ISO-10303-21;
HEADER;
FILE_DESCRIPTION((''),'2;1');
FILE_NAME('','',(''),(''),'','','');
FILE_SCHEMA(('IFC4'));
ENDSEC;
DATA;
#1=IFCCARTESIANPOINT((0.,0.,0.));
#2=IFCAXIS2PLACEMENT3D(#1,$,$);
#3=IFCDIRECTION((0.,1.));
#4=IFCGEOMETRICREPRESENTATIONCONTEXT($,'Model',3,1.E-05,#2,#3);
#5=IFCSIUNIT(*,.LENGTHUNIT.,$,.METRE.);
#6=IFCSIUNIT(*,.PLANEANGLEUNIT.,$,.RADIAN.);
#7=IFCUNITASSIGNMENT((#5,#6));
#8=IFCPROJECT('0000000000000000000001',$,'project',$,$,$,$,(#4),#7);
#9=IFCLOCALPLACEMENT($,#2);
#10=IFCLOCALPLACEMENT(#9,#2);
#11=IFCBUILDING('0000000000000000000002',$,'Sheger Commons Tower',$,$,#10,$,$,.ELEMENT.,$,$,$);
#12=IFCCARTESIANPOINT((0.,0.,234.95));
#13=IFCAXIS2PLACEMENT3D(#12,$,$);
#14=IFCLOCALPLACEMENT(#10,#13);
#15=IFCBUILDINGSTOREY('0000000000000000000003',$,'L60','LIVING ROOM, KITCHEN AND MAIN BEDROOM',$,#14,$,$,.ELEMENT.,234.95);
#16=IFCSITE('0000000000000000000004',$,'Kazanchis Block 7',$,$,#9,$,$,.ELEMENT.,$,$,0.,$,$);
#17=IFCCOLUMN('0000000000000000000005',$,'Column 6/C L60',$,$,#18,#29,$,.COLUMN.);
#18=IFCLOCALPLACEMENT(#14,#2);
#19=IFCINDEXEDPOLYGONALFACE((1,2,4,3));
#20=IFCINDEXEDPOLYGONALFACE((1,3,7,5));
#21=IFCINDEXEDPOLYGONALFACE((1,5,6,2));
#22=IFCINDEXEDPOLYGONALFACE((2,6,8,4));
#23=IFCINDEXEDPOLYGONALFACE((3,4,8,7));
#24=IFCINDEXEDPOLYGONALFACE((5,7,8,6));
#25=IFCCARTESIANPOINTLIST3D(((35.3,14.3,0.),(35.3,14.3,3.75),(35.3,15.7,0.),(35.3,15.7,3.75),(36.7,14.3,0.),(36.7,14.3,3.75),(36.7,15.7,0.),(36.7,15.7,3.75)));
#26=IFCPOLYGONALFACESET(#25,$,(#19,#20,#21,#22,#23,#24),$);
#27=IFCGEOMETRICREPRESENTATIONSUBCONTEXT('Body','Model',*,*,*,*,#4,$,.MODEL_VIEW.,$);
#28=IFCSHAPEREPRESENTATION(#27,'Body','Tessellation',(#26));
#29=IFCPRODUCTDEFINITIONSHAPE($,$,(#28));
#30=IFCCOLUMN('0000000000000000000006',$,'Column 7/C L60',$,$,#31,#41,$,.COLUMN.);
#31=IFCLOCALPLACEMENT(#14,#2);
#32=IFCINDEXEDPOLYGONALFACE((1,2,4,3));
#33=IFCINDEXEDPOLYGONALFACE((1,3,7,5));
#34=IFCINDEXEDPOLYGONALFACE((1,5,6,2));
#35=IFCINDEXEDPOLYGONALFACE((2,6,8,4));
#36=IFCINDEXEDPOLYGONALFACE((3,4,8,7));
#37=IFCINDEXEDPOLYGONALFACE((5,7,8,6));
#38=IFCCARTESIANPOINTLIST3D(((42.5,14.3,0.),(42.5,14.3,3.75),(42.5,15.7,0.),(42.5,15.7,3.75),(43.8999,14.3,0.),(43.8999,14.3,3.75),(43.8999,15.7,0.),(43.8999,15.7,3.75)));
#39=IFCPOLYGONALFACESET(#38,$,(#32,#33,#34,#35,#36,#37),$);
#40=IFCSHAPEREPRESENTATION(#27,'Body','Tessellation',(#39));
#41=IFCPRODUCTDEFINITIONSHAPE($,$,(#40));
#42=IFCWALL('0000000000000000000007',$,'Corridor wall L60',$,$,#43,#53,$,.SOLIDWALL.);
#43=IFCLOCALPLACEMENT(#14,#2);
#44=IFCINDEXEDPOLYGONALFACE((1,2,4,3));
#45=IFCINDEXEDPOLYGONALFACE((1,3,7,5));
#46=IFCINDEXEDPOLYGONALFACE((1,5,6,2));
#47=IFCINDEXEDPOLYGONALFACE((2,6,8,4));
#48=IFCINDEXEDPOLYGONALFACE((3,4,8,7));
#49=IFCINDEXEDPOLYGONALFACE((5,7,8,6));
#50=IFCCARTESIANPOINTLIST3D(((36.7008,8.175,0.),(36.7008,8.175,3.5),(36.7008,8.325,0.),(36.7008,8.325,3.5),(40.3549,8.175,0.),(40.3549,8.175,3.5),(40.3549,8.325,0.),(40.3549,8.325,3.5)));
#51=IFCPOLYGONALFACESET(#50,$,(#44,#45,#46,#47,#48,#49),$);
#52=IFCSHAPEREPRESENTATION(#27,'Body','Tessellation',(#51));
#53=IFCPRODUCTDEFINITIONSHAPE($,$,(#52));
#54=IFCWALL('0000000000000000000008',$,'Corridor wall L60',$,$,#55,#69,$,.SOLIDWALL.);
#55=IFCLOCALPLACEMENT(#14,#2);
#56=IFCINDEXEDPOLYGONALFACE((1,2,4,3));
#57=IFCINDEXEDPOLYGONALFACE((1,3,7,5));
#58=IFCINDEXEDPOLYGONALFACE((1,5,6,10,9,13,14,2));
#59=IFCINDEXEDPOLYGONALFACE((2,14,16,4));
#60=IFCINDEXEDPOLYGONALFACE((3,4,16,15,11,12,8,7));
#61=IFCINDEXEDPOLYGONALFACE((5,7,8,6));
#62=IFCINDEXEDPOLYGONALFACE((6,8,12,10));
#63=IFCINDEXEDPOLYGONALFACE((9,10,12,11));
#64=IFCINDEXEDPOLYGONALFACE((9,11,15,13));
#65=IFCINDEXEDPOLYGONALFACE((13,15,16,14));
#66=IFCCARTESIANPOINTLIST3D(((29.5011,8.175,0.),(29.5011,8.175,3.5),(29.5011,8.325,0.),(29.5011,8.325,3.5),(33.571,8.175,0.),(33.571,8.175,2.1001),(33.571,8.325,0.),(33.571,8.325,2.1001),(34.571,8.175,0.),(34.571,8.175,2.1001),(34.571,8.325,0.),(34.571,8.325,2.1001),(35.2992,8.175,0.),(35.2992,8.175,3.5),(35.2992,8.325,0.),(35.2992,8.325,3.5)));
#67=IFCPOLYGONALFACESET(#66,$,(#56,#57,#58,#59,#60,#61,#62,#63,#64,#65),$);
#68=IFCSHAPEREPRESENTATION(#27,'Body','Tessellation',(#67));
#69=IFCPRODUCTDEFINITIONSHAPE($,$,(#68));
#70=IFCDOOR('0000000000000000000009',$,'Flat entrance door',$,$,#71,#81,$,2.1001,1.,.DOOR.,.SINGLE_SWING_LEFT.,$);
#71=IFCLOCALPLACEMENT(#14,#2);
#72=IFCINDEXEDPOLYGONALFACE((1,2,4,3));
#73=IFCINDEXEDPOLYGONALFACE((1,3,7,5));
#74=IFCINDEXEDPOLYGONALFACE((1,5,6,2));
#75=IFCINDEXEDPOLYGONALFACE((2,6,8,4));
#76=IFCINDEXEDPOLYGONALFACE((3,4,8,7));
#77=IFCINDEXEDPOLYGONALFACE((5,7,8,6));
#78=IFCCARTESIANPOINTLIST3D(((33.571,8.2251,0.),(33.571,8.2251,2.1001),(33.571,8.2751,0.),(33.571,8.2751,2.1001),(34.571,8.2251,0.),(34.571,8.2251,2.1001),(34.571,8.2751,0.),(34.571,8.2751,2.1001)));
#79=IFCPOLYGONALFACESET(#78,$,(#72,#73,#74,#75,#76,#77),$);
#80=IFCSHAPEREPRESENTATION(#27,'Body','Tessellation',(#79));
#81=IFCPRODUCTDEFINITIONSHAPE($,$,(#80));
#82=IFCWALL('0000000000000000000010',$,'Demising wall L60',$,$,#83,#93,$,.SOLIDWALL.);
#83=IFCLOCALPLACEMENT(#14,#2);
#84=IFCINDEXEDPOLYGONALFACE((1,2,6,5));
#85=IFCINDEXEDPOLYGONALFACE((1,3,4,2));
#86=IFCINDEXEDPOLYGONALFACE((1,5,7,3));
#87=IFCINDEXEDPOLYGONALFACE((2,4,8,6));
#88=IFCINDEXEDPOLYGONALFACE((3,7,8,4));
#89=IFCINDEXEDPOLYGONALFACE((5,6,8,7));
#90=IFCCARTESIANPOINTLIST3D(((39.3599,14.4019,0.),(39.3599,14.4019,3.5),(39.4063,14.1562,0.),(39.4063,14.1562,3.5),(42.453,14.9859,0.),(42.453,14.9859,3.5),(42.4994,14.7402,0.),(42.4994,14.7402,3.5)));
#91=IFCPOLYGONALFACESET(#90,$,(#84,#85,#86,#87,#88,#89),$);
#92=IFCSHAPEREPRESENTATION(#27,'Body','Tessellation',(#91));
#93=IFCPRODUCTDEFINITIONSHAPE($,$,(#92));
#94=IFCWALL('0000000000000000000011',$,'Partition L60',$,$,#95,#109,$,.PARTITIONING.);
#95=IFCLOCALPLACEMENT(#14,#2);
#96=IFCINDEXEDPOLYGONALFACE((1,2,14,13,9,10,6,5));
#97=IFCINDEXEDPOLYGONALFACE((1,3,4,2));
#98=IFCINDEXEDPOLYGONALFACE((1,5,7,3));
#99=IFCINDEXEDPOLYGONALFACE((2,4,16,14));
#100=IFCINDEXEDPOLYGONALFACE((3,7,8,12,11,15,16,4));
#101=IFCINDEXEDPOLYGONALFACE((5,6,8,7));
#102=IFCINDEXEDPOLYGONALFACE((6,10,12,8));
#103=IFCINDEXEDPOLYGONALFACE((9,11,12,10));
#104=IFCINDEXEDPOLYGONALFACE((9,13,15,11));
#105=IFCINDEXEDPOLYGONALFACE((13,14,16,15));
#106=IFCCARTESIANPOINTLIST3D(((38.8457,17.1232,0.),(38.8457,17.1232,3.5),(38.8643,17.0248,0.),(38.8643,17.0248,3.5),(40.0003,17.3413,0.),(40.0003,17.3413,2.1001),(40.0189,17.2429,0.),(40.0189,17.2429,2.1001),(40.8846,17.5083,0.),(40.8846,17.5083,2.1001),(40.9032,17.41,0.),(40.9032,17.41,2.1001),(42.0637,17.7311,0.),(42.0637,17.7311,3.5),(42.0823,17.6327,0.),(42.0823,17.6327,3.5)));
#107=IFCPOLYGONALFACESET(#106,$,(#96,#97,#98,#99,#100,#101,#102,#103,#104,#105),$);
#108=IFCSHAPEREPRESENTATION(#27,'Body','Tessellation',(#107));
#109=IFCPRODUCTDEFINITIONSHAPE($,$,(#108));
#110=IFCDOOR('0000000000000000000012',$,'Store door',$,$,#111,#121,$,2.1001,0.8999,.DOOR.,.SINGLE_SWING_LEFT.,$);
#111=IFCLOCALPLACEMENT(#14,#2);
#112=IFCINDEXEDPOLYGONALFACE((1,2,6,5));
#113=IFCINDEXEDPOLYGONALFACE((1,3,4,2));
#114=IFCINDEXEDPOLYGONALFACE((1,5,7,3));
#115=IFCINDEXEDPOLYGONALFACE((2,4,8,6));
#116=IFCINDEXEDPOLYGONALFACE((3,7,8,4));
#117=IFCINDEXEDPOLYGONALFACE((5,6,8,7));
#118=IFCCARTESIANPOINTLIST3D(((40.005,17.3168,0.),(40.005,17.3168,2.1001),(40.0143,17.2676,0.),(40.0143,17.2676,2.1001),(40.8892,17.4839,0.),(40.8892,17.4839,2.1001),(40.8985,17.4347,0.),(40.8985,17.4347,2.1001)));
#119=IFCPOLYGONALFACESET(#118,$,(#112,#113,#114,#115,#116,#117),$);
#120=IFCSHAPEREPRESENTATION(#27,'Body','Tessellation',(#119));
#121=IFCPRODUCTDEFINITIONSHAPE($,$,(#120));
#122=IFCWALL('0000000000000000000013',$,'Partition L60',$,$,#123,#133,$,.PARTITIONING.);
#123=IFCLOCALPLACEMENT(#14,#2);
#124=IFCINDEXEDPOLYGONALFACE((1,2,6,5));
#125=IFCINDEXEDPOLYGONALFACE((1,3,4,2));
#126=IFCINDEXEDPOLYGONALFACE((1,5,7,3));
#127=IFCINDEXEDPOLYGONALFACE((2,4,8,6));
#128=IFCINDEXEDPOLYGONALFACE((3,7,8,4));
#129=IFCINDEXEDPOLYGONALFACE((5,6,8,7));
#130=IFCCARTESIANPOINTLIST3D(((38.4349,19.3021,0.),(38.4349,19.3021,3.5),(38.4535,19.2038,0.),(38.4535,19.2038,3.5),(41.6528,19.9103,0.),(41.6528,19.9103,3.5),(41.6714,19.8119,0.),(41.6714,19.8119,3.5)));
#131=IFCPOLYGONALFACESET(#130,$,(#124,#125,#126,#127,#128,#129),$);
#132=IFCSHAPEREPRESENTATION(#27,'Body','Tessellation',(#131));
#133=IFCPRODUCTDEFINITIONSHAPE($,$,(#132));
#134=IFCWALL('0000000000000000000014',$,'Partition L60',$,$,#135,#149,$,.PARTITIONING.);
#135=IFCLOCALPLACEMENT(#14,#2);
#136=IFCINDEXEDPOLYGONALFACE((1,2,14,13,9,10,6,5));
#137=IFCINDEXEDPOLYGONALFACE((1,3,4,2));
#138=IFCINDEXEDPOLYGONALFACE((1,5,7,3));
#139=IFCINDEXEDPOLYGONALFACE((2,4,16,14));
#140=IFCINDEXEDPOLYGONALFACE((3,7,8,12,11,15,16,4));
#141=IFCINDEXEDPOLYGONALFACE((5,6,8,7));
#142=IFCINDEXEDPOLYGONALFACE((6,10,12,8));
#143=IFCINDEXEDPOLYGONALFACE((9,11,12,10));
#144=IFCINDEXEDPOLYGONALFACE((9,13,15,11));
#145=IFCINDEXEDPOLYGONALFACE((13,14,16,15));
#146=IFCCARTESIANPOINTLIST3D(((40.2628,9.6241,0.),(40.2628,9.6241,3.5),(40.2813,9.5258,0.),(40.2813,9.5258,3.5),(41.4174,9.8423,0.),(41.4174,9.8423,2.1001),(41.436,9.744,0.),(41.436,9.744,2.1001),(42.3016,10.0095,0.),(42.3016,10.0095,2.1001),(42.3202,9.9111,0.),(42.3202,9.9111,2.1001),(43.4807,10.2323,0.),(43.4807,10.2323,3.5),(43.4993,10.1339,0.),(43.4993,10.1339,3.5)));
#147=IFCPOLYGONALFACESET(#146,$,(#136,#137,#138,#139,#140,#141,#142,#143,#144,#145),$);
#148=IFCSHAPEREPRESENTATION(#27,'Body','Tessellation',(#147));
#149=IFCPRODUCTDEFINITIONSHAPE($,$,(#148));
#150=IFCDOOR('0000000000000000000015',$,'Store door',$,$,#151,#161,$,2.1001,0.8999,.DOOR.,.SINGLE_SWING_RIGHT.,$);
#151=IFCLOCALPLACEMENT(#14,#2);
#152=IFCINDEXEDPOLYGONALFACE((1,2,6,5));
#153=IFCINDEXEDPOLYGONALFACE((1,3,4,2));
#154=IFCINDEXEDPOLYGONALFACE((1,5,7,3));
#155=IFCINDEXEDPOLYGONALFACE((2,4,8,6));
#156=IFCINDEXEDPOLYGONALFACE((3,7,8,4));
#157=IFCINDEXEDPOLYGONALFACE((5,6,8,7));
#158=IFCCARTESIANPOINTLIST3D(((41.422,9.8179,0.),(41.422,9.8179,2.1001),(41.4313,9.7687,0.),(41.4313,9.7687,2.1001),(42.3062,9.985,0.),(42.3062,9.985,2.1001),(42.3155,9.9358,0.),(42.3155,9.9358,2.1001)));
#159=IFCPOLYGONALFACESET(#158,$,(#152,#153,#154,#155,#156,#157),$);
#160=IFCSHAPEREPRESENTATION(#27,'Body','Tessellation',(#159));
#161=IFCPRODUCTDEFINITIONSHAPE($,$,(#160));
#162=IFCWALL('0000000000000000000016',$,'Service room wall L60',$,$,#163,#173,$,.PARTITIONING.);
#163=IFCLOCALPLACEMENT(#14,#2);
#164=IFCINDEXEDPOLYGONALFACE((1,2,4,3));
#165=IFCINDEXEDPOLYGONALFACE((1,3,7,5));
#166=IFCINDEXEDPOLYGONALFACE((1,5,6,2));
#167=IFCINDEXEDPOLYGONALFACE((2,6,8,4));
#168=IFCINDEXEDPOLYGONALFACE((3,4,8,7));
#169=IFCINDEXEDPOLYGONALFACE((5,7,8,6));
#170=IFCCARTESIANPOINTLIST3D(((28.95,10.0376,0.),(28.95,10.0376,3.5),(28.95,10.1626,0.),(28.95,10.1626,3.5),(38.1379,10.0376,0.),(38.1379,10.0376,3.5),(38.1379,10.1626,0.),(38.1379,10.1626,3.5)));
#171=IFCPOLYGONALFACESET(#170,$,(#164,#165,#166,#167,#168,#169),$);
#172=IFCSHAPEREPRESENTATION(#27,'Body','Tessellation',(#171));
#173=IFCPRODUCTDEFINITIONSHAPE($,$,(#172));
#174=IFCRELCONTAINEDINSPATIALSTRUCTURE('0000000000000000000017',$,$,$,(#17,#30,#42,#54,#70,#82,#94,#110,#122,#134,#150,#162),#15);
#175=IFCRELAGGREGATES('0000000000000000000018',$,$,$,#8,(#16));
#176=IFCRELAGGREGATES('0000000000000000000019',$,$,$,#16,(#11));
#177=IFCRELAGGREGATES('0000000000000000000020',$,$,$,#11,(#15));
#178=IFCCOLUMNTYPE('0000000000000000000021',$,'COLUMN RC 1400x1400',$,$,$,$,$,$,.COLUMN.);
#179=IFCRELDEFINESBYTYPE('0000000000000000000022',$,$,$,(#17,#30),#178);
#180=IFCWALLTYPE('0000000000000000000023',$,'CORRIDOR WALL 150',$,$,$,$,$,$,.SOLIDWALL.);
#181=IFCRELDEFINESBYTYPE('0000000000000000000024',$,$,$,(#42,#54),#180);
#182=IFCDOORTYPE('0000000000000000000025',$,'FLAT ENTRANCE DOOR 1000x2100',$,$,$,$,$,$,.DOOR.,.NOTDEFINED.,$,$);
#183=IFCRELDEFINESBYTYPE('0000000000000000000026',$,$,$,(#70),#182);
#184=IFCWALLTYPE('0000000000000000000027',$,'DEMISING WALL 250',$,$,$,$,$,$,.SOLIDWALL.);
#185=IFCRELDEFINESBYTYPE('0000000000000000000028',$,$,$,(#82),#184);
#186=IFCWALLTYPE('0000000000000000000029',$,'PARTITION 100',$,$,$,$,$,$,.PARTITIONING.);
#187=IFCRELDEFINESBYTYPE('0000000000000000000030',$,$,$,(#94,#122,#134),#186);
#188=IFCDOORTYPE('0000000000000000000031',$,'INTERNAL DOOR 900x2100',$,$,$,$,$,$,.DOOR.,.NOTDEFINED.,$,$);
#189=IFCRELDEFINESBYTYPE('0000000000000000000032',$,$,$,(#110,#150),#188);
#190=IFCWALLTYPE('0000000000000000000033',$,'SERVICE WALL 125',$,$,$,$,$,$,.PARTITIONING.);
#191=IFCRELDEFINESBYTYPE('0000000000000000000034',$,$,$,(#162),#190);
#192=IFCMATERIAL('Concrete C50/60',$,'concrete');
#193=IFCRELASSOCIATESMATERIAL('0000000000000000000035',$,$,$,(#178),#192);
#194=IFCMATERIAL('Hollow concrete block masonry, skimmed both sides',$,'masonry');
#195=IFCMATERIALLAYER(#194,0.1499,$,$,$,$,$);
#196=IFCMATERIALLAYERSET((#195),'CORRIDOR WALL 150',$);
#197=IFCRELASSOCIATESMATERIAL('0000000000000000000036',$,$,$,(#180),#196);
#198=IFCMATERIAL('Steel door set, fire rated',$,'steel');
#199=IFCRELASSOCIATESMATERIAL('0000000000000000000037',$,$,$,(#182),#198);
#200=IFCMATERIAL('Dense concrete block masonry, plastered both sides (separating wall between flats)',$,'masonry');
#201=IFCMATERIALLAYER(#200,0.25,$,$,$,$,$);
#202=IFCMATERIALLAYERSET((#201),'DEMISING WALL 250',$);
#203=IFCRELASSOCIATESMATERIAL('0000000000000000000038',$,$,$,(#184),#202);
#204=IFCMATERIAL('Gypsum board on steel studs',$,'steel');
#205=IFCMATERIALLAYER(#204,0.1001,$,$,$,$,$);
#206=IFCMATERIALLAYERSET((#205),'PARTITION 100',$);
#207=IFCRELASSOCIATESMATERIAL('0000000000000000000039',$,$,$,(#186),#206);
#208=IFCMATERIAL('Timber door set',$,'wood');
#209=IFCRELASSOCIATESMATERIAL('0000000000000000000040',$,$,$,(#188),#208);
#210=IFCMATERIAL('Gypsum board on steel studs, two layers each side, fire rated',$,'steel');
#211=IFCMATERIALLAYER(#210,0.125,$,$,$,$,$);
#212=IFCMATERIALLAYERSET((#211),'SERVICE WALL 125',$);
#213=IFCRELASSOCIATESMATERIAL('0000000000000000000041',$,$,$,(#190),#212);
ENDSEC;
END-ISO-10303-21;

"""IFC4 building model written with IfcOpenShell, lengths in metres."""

from ifc_helpers import new_model, si_unit, direction, frame, frame_2d, origin, origin_2d, place, context, subcontext, project, spatial, rectangle, extrude, material, layer, layer_set, material_profile, profile_set, type_object, element, fill, save


model = new_model("IFC4")

# Units and contexts
model_context = context("Model", 3, precision=1e-05, world=origin(), true_north=direction((0.0, 1.0)))
body_context = subcontext(model_context, "Body", "Model", "MODEL_VIEW")
ifc_project = project(units=[si_unit("LENGTHUNIT", "METRE"), si_unit("PLANEANGLEUNIT", "RADIAN")], contexts=[model_context])

# Site, building, storey
site_placement = place(None, origin())
site = spatial("IfcSite", under=ifc_project, at=site_placement, Name="Kazanchis Block 7", CompositionType="ELEMENT", RefElevation=0.0)
building_placement = place(site_placement, origin())
building = spatial("IfcBuilding", under=site, at=building_placement, Name="Sheger Commons Tower", CompositionType="ELEMENT")
storey_placement = place(building_placement, frame((0.0, 0.0, 234.95)))
storey = spatial("IfcBuildingStorey", under=building, at=storey_placement, Name="L60", Description="LIVING ROOM, KITCHEN AND MAIN BEDROOM", CompositionType="ELEMENT", Elevation=234.95)

# Columns
ifc_material_1 = material(Name="Concrete C50/60", Category="concrete")
ifc_material_profile = material_profile(ifc_material_1, rectangle(XDim=1.3999, YDim=1.3999, at=origin_2d()), Name="RC 1400x1400")
ifc_profile_set = profile_set([ifc_material_profile], Name="Concrete C50/60")
column_type = type_object("IfcColumnType", Name="COLUMN RC 1400x1400", PredefinedType="COLUMN", material=ifc_profile_set)
for number, where, z_axis, x_axis, name in (
    (1, (36.0, 15.0, 0.0), (0.0, 0.0, 1.0), (1.0, 0.0, 0.0), "Column 6/C L60"),
    (2, (43.2, 15.0, 0.0), (0.0, 0.0, 1.0), (1.0, 0.0, 0.0), "Column 7/C L60"),
):
    element("IfcColumn", number, at=place(storey_placement, frame(where, z_axis=z_axis, x_axis=x_axis)), inside=storey, type_object=column_type, Name=name, PredefinedType="COLUMN", context=body_context, shape_type="SweptSolid", body=[
        extrude(rectangle(XDim=1.3999, YDim=1.3999, at=origin_2d()), origin(), (0.0, 0.0, 1.0), 3.75),
    ])

# Wall
ifc_material_2 = material(Name="Hollow concrete block masonry, skimmed both sides", Category="masonry")
ifc_layer_1 = layer(ifc_material_2, 0.1499)
ifc_layer_set_1 = layer_set([ifc_layer_1], Name="CORRIDOR WALL 150")
wall_type_1 = type_object("IfcWallType", Name="CORRIDOR WALL 150", PredefinedType="SOLIDWALL", material=ifc_layer_set_1)
wall_1_placement = place(storey_placement, frame((40.355, 8.25, 0.0), z_axis=(0.0, 0.0, 1.0), x_axis=(-1.0, 0.0, 0.0)))
element("IfcWall", 3, at=wall_1_placement, inside=storey, type_object=wall_type_1, Name="Corridor wall L60", PredefinedType="SOLIDWALL", context=body_context, shape_type="SweptSolid", body=[
    extrude(rectangle(XDim=3.6541, YDim=0.1499, at=frame_2d((1.8271, 0.0))), origin(), (0.0, 0.0, 1.0), 3.5),
])

# Wall, opening, door
wall_2_placement = place(storey_placement, frame((35.2991, 8.25, 0.0), z_axis=(0.0, 0.0, 1.0), x_axis=(-1.0, 0.0, 0.0)))
wall_2 = element("IfcWall", 4, at=wall_2_placement, inside=storey, type_object=wall_type_1, Name="Corridor wall L60", PredefinedType="SOLIDWALL", context=body_context, shape_type="SweptSolid", body=[
    extrude(rectangle(XDim=5.7981, YDim=0.1499, at=frame_2d((2.8989, 0.0))), origin(), (0.0, 0.0, 1.0), 3.5),
])
opening_1_placement = place(wall_2_placement, frame((0.728, 0.0, 0.0)))
opening_1 = element("IfcOpeningElement", 5, at=opening_1_placement, cuts=wall_2, PredefinedType="OPENING", context=body_context, shape_type="SweptSolid", body=[
    extrude(rectangle(XDim=1.0, YDim=2.1001, at=frame_2d((0.5, 1.05))), frame((0.0, 0.085, 0.0), z_axis=(0.0, -1.0, 0.0), x_axis=(1.0, 0.0, 0.0)), (0.0, 0.0, 1.0), 0.1699),
])
ifc_material_3 = material(Name="Steel door set, fire rated", Category="steel")
door_type_1 = type_object("IfcDoorType", Name="FLAT ENTRANCE DOOR 1000x2100", OperationType="NOTDEFINED", PredefinedType="DOOR", material=ifc_material_3)
door_1_placement = place(opening_1_placement, origin())
door_1 = element("IfcDoor", 6, at=door_1_placement, inside=storey, type_object=door_type_1, Name="Flat entrance door", OperationType="SINGLE_SWING_LEFT", OverallHeight=2.1001, OverallWidth=1.0, PredefinedType="DOOR", context=body_context, shape_type="SweptSolid", body=[
    extrude(rectangle(XDim=1.0, YDim=2.1001, at=frame_2d((0.5, 1.05))), frame((0.0, 0.0249, 0.0), z_axis=(0.0, -1.0, 0.0), x_axis=(1.0, 0.0, 0.0)), (0.0, 0.0, 1.0), 0.05),
])
fill(opening_1, door_1)

# Wall
ifc_material_4 = material(Name="Dense concrete block masonry, plastered both sides (separating wall between flats)", Category="masonry")
ifc_layer_2 = layer(ifc_material_4, 0.25)
ifc_layer_set_2 = layer_set([ifc_layer_2], Name="DEMISING WALL 250")
wall_type_2 = type_object("IfcWallType", Name="DEMISING WALL 250", PredefinedType="SOLIDWALL", material=ifc_layer_set_2)
wall_3_placement = place(storey_placement, frame((42.4761, 14.863, 0.0), z_axis=(0.0, 0.0, 1.0), x_axis=(-0.982639, -0.185529, 0.0)))
element("IfcWall", 7, at=wall_3_placement, inside=storey, type_object=wall_type_2, Name="Demising wall L60", PredefinedType="SOLIDWALL", context=body_context, shape_type="SweptSolid", body=[
    extrude(rectangle(XDim=3.1477, YDim=0.25, at=frame_2d((1.5737, 0.0))), origin(), (0.0, 0.0, 1.0), 3.5),
])

# Wall, opening, door
ifc_material_5 = material(Name="Gypsum board on steel studs", Category="steel")
ifc_layer_3 = layer(ifc_material_5, 0.1001)
ifc_layer_set_3 = layer_set([ifc_layer_3], Name="PARTITION 100")
wall_type_3 = type_object("IfcWallType", Name="PARTITION 100", PredefinedType="PARTITIONING", material=ifc_layer_set_3)
wall_4_placement = place(storey_placement, frame((42.073, 17.6819, 0.0), z_axis=(0.0, 0.0, 1.0), x_axis=(-0.982621, -0.185625, 0.0)))
wall_4 = element("IfcWall", 8, at=wall_4_placement, inside=storey, type_object=wall_type_3, Name="Partition L60", PredefinedType="PARTITIONING", context=body_context, shape_type="SweptSolid", body=[
    extrude(rectangle(XDim=3.2749, YDim=0.1001, at=frame_2d((1.6375, 0.0))), origin(), (0.0, 0.0, 1.0), 3.5),
])
opening_2_placement = place(wall_4_placement, frame((1.2, 0.0, 0.0)))
opening_2 = element("IfcOpeningElement", 9, at=opening_2_placement, cuts=wall_4, PredefinedType="OPENING", context=body_context, shape_type="SweptSolid", body=[
    extrude(rectangle(XDim=0.8999, YDim=2.1001, at=frame_2d((0.45, 1.05))), frame((0.0, 0.0601, 0.0), z_axis=(0.0, -1.0, 0.0), x_axis=(1.0, 0.0, 0.0)), (0.0, 0.0, 1.0), 0.1201),
])
ifc_material_6 = material(Name="Timber door set", Category="wood")
door_type_2 = type_object("IfcDoorType", Name="INTERNAL DOOR 900x2100", OperationType="NOTDEFINED", PredefinedType="DOOR", material=ifc_material_6)
door_2_placement = place(opening_2_placement, origin())
door_2 = element("IfcDoor", 10, at=door_2_placement, inside=storey, type_object=door_type_2, Name="Store door", OperationType="SINGLE_SWING_LEFT", OverallHeight=2.1001, OverallWidth=0.8999, PredefinedType="DOOR", context=body_context, shape_type="SweptSolid", body=[
    extrude(rectangle(XDim=0.8999, YDim=2.1001, at=frame_2d((0.45, 1.05))), frame((0.0, 0.0249, 0.0), z_axis=(0.0, -1.0, 0.0), x_axis=(1.0, 0.0, 0.0)), (0.0, 0.0, 1.0), 0.05),
])
fill(opening_2, door_2)

# Wall
wall_5_placement = place(storey_placement, frame((41.6621, 19.8611, 0.0), z_axis=(0.0, 0.0, 1.0), x_axis=(-0.982607, -0.185697, 0.0)))
element("IfcWall", 11, at=wall_5_placement, inside=storey, type_object=wall_type_3, Name="Partition L60", PredefinedType="PARTITIONING", context=body_context, shape_type="SweptSolid", body=[
    extrude(rectangle(XDim=3.2749, YDim=0.1001, at=frame_2d((1.6375, 0.0))), origin(), (0.0, 0.0, 1.0), 3.5),
])

# Wall, opening, door
wall_6_placement = place(storey_placement, frame((43.49, 10.1831, 0.0), z_axis=(0.0, 0.0, 1.0), x_axis=(-0.982607, -0.185697, 0.0)))
wall_6 = element("IfcWall", 12, at=wall_6_placement, inside=storey, type_object=wall_type_3, Name="Partition L60", PredefinedType="PARTITIONING", context=body_context, shape_type="SweptSolid", body=[
    extrude(rectangle(XDim=3.2749, YDim=0.1001, at=frame_2d((1.6375, 0.0))), origin(), (0.0, 0.0, 1.0), 3.5),
])
opening_3_placement = place(wall_6_placement, frame((1.2, 0.0, 0.0)))
opening_3 = element("IfcOpeningElement", 13, at=opening_3_placement, cuts=wall_6, PredefinedType="OPENING", context=body_context, shape_type="SweptSolid", body=[
    extrude(rectangle(XDim=0.8999, YDim=2.1001, at=frame_2d((0.45, 1.05))), frame((0.0, 0.0601, 0.0), z_axis=(0.0, -1.0, 0.0), x_axis=(1.0, 0.0, 0.0)), (0.0, 0.0, 1.0), 0.1201),
])
door_3_placement = place(opening_3_placement, origin())
door_3 = element("IfcDoor", 14, at=door_3_placement, inside=storey, type_object=door_type_2, Name="Store door", OperationType="SINGLE_SWING_RIGHT", OverallHeight=2.1001, OverallWidth=0.8999, PredefinedType="DOOR", context=body_context, shape_type="SweptSolid", body=[
    extrude(rectangle(XDim=0.8999, YDim=2.1001, at=frame_2d((0.45, 1.05))), frame((0.0, 0.0249, 0.0), z_axis=(0.0, -1.0, 0.0), x_axis=(1.0, 0.0, 0.0)), (0.0, 0.0, 1.0), 0.05),
])
fill(opening_3, door_3)

# Wall
ifc_material_7 = material(Name="Gypsum board on steel studs, two layers each side, fire rated", Category="steel")
ifc_layer_4 = layer(ifc_material_7, 0.125)
ifc_layer_set_4 = layer_set([ifc_layer_4], Name="SERVICE WALL 125")
wall_type_4 = type_object("IfcWallType", Name="SERVICE WALL 125", PredefinedType="PARTITIONING", material=ifc_layer_set_4)
wall_7_placement = place(storey_placement, frame((28.95, 10.1001, 0.0), z_axis=(0.0, 0.0, 1.0), x_axis=(1.0, 0.0, 0.0)))
element("IfcWall", 15, at=wall_7_placement, inside=storey, type_object=wall_type_4, Name="Service room wall L60", PredefinedType="PARTITIONING", context=body_context, shape_type="SweptSolid", body=[
    extrude(rectangle(XDim=9.188, YDim=0.125, at=frame_2d((4.594, 0.0))), origin(), (0.0, 0.0, 1.0), 3.5),
])

save(model, "model.ifc")
